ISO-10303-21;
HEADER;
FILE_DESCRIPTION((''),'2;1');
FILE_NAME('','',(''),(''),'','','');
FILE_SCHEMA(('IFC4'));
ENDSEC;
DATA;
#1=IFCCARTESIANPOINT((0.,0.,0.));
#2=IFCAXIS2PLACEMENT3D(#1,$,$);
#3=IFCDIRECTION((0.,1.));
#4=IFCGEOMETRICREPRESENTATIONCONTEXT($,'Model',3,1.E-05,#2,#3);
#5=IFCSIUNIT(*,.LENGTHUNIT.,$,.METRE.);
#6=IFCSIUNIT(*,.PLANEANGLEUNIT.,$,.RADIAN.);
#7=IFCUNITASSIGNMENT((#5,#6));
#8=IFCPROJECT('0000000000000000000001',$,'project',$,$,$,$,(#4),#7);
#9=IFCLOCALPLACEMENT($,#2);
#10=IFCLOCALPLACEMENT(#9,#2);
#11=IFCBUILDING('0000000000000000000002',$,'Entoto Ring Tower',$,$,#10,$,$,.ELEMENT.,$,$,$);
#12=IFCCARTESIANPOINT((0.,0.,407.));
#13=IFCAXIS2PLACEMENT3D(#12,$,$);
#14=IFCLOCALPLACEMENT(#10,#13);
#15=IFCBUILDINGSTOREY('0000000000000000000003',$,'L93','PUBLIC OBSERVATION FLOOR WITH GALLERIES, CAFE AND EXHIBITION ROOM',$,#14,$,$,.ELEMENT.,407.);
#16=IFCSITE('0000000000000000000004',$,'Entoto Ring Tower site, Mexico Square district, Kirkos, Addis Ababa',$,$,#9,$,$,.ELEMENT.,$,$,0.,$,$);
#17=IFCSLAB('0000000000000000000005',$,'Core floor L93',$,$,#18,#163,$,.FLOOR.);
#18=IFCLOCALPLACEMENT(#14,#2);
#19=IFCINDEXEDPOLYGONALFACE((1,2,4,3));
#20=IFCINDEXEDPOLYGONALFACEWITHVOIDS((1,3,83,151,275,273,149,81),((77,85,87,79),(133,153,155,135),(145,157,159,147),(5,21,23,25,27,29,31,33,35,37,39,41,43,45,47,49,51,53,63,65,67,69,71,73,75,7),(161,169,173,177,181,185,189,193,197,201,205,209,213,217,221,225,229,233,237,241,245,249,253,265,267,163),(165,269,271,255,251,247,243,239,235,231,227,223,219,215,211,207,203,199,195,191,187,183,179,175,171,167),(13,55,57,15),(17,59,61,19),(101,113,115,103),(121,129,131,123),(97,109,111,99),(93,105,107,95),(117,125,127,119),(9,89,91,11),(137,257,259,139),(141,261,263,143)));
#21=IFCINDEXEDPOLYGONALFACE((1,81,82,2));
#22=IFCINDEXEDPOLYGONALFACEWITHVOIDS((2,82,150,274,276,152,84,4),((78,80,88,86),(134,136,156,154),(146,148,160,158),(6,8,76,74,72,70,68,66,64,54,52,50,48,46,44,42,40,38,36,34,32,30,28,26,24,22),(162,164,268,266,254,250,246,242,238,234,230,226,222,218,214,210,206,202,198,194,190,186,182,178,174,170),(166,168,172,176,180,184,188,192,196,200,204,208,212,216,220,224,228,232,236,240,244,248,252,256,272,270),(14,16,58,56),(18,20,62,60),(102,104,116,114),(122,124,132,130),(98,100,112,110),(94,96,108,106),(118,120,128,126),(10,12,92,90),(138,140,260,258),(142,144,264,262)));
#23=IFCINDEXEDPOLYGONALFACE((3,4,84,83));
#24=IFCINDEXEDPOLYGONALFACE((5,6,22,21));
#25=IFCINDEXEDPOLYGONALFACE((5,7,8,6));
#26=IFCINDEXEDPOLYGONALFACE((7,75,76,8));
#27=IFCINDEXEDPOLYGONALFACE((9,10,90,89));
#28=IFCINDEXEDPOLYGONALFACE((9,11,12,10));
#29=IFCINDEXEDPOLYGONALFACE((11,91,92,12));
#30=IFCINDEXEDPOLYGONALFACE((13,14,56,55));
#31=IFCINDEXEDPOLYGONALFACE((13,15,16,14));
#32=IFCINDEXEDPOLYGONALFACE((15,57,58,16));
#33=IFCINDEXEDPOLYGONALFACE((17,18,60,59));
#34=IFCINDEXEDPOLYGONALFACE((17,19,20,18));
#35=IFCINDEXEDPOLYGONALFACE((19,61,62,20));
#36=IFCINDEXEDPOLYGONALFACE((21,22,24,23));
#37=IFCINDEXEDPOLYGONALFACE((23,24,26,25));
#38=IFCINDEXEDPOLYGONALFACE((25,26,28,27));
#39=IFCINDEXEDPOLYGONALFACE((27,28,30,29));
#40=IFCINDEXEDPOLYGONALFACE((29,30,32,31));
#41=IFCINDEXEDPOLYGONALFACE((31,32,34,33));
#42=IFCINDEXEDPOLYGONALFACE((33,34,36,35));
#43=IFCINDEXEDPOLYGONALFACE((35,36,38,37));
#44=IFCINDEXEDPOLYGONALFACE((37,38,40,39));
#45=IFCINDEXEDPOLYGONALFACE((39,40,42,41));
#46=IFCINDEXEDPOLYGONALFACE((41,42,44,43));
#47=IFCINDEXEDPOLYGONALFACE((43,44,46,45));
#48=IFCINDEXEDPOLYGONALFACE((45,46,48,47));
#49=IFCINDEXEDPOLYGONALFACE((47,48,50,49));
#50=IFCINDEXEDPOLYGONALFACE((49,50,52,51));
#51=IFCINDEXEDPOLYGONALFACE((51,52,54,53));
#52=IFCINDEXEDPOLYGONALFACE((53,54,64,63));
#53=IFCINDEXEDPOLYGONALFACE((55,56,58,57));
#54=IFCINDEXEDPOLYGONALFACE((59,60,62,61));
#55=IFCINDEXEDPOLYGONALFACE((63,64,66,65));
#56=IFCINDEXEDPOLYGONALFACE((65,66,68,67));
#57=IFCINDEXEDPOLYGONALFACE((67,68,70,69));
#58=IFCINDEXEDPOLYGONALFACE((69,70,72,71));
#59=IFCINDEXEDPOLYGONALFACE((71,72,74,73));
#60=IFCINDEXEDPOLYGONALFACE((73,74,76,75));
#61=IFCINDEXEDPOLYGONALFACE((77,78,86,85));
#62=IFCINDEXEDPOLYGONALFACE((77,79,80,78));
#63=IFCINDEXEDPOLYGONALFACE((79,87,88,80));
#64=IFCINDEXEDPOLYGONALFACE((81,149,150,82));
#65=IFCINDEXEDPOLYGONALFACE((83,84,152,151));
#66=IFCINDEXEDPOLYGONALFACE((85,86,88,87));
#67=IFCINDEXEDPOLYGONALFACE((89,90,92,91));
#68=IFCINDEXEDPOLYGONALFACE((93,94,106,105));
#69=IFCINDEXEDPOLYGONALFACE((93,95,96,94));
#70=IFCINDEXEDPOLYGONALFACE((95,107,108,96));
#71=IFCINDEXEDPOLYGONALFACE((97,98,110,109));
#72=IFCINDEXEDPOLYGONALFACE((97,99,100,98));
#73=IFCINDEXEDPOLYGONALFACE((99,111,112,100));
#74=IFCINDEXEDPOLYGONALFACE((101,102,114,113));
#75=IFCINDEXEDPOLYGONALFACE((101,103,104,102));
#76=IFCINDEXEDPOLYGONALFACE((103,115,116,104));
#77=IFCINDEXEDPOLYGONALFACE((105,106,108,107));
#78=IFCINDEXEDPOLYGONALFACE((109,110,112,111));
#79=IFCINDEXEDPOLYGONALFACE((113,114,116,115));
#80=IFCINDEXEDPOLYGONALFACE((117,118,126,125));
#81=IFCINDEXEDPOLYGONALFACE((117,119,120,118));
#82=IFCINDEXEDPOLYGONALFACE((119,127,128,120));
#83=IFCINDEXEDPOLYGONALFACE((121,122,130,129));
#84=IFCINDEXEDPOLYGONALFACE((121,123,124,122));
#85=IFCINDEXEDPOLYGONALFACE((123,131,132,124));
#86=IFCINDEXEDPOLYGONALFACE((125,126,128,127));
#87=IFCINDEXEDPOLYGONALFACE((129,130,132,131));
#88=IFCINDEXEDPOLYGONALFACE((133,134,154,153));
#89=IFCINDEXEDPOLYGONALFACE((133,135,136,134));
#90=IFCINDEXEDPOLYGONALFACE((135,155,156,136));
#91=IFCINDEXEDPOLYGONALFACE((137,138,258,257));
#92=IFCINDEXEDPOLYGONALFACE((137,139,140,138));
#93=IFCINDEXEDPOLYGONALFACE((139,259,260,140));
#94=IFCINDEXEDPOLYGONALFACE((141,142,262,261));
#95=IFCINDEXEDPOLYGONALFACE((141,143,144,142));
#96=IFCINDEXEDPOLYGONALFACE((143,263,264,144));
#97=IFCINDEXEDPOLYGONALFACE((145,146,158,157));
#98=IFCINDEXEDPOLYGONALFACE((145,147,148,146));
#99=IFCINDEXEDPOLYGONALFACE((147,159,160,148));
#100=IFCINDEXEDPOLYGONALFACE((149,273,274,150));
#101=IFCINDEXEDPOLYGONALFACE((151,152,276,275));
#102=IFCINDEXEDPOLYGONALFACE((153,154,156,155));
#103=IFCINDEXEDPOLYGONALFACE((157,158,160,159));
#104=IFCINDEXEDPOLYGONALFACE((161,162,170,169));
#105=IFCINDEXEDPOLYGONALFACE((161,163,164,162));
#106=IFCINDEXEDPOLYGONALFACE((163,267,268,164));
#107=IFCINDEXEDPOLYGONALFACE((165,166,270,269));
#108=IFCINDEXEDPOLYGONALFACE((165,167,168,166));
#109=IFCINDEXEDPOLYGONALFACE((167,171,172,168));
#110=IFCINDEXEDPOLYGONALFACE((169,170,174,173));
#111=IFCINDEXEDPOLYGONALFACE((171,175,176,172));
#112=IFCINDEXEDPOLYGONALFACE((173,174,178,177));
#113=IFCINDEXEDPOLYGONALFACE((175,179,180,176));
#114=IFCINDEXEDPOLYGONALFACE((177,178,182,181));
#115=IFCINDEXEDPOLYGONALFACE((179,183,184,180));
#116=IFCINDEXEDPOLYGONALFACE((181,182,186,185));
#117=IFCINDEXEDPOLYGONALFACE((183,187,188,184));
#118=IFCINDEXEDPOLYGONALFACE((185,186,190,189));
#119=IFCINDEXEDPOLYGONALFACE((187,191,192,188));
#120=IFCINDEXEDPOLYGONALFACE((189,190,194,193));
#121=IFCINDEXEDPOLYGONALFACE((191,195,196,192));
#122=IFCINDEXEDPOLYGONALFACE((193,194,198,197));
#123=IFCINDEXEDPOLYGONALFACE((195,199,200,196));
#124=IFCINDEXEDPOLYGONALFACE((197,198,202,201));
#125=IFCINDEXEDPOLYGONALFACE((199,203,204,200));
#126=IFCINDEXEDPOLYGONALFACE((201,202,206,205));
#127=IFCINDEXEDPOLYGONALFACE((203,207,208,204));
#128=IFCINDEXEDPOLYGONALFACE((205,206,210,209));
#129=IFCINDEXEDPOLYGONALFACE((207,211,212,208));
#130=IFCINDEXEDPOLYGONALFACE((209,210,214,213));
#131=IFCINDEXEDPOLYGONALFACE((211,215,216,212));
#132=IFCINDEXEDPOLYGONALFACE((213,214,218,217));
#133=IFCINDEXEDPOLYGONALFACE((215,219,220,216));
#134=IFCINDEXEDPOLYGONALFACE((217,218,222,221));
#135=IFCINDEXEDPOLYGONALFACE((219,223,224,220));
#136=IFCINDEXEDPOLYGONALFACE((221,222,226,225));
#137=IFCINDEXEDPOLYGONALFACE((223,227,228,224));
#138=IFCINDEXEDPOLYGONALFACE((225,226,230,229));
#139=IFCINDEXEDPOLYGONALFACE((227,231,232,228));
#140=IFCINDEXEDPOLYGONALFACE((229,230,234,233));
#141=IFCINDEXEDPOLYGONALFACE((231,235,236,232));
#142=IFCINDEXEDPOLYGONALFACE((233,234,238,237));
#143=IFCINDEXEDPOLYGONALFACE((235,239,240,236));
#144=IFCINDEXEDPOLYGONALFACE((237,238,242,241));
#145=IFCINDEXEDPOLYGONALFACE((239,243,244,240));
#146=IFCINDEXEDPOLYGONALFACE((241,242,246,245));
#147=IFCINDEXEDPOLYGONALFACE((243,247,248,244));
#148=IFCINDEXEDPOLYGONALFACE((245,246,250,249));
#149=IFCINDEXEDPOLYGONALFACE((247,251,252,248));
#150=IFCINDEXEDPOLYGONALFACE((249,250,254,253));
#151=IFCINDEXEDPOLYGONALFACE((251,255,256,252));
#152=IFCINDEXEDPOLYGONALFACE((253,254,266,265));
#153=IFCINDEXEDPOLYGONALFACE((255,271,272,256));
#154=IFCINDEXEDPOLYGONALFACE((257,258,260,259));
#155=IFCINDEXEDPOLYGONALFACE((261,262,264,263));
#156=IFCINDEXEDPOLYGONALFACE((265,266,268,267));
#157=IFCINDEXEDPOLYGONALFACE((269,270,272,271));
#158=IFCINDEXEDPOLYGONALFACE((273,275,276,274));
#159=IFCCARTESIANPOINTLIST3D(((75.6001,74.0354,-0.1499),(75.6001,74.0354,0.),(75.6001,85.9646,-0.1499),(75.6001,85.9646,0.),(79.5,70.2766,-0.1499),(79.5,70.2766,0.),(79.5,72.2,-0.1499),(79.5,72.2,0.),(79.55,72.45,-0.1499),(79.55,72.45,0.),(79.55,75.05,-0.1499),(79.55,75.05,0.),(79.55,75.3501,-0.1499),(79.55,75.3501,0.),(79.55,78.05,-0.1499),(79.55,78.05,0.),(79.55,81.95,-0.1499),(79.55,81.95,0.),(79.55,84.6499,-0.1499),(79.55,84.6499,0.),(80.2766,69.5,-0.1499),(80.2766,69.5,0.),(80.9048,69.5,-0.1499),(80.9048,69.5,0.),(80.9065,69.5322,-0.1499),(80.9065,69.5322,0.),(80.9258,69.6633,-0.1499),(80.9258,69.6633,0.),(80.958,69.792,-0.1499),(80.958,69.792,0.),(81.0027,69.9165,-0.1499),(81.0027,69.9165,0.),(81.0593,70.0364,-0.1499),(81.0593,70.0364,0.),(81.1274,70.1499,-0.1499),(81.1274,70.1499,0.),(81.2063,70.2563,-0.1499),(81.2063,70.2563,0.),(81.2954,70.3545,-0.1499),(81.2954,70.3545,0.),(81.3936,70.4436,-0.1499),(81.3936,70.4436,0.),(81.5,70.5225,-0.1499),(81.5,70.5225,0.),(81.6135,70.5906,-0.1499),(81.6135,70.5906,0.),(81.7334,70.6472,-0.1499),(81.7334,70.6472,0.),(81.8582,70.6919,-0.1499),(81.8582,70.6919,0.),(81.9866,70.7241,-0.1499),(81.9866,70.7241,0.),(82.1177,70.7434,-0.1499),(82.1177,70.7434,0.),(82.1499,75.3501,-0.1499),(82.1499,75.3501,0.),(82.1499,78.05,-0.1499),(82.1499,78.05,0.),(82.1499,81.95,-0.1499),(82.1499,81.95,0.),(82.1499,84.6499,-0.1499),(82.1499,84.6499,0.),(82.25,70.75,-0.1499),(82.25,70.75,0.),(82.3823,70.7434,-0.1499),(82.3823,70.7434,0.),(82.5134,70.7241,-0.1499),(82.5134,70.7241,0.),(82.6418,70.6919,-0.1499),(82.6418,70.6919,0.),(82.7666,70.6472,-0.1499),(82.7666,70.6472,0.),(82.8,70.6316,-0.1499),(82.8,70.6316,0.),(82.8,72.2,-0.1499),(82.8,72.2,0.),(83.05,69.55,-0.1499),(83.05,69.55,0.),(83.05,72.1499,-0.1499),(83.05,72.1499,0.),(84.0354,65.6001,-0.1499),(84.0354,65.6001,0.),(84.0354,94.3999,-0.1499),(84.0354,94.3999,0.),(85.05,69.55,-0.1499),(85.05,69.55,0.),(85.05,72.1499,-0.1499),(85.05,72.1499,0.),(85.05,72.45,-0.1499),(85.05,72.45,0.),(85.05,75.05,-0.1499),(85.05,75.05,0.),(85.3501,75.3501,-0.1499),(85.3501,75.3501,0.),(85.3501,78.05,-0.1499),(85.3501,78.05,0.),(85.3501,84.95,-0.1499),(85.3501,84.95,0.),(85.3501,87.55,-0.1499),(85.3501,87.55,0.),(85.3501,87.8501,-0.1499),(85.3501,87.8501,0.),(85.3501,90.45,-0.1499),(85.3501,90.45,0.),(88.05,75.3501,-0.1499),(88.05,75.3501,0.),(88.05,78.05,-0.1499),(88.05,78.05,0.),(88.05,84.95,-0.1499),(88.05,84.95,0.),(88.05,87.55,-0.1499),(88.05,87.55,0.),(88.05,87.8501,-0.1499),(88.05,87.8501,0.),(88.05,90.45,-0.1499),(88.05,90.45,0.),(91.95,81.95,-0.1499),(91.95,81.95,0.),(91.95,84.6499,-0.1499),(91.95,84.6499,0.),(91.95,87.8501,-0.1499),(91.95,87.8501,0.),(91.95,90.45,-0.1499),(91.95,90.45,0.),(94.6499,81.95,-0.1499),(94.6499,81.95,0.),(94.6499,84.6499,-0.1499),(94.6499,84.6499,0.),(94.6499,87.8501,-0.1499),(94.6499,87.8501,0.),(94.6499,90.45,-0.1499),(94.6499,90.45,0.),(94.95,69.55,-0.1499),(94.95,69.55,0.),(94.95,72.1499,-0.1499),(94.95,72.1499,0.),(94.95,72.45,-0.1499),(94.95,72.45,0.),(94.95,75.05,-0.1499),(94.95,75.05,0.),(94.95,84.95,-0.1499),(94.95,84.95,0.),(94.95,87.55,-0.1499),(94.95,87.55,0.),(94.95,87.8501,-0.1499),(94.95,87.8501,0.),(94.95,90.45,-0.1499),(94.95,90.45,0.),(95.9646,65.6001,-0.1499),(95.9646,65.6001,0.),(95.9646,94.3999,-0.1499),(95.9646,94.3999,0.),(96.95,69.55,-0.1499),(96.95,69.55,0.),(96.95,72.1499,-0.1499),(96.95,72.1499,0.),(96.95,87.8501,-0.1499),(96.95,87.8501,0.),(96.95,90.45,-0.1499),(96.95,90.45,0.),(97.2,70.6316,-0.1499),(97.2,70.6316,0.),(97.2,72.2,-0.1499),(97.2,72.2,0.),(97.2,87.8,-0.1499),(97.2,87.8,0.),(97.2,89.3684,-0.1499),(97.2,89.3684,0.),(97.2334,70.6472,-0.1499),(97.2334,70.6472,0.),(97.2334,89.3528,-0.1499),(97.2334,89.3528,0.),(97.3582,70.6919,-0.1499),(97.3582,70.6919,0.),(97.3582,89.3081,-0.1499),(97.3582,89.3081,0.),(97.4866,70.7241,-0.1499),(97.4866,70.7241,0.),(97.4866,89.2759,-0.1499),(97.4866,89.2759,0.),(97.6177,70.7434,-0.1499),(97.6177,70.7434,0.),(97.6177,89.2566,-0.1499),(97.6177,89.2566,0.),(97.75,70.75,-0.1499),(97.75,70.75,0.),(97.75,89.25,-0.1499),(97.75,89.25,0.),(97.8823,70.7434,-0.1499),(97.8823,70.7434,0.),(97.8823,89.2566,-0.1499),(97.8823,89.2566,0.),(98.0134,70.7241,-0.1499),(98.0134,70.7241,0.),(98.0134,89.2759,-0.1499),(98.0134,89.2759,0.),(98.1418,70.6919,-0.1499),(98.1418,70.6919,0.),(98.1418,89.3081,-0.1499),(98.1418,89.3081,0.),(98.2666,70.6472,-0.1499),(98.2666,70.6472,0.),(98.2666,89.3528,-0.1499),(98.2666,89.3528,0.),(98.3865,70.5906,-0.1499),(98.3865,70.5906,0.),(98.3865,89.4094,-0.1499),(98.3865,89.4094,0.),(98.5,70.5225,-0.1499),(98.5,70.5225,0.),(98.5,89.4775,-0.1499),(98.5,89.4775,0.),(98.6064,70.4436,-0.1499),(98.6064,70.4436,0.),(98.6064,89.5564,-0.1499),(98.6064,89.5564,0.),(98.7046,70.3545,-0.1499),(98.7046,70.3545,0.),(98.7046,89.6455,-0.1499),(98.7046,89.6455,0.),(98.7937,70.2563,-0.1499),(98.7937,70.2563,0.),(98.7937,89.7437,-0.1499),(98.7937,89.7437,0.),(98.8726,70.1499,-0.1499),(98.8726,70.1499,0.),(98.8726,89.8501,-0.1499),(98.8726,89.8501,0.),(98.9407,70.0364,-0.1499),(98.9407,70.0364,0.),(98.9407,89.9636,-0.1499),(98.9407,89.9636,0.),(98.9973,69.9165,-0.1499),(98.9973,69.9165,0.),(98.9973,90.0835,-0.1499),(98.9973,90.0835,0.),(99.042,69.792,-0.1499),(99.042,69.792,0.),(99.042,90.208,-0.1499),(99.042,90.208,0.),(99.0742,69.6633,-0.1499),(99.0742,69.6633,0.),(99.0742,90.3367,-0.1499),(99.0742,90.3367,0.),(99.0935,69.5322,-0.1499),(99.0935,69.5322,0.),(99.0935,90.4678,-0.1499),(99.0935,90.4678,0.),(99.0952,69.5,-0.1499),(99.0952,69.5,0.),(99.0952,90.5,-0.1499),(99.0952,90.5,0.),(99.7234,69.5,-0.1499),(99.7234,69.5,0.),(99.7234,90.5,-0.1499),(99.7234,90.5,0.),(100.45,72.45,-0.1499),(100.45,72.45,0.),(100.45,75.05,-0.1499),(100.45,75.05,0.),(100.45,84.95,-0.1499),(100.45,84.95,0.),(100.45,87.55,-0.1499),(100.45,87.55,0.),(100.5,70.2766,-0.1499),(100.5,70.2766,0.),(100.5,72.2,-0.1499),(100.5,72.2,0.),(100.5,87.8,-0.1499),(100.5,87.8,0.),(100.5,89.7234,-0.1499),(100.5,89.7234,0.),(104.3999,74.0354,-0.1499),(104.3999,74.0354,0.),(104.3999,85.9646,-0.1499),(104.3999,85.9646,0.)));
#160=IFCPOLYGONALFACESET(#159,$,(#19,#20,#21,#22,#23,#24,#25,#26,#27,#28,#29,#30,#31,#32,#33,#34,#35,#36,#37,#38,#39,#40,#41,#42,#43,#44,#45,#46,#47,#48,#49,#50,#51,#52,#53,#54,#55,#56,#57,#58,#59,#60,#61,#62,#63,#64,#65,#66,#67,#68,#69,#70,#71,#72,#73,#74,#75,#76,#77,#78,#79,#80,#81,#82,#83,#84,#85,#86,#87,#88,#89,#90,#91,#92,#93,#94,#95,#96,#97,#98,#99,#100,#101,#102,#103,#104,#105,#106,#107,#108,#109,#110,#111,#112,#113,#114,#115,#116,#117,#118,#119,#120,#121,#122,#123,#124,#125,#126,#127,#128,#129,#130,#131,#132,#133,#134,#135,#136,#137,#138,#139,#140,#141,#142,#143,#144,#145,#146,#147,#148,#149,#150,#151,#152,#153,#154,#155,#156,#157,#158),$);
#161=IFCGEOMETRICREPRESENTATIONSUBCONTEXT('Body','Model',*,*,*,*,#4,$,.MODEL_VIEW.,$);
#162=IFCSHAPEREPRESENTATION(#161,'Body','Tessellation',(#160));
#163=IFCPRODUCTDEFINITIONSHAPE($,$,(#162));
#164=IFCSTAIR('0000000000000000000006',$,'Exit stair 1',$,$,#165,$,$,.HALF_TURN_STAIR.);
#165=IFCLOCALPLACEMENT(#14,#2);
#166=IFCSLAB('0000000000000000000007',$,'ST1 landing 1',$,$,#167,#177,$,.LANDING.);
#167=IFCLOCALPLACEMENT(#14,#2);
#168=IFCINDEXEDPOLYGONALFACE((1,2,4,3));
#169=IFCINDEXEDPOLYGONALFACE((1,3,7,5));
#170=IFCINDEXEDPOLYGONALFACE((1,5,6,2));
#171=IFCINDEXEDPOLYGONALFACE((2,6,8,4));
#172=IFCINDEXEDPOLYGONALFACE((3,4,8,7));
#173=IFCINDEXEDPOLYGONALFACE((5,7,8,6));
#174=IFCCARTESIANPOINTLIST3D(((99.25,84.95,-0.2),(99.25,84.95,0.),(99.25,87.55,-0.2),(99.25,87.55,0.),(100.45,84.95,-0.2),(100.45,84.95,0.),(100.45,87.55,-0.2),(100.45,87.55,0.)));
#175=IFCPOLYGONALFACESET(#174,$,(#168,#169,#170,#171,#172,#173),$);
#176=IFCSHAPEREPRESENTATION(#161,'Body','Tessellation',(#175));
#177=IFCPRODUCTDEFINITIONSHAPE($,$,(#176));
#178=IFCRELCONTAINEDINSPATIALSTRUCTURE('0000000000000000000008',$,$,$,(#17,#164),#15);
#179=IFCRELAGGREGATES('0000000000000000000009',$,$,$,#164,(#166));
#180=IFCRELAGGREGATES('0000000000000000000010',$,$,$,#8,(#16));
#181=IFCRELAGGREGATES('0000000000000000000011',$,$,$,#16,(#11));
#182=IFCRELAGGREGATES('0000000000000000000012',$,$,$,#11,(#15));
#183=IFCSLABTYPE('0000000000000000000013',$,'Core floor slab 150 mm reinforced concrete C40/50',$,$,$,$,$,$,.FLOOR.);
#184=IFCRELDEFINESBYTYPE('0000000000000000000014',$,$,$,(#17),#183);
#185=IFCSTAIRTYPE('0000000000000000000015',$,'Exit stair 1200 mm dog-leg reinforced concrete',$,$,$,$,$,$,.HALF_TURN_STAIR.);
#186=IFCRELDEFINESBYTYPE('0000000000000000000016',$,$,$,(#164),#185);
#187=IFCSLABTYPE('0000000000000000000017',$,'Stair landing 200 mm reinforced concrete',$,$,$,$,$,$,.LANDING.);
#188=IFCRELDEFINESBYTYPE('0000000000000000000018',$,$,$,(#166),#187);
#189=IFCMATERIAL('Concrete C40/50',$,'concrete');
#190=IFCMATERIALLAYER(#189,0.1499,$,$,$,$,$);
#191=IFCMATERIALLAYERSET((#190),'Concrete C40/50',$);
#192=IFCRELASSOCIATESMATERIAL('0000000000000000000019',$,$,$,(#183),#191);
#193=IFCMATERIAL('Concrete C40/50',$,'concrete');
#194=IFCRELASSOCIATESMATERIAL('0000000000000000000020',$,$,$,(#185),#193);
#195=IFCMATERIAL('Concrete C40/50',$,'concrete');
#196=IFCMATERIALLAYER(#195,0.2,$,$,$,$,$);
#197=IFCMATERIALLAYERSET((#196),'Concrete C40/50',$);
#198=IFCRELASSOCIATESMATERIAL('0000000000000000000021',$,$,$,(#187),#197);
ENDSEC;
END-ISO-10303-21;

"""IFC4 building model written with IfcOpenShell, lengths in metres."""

from ifc_helpers import new_model, si_unit, direction, frame, origin, place, context, subcontext, project, spatial, polyline, outline, extrude, material, layer, layer_set, type_object, element, aggregate, save


model = new_model("IFC4")

# Units and contexts
model_context = context("Model", 3, precision=1e-05, world=origin(), true_north=direction((0.0, 1.0)))
body_context = subcontext(model_context, "Body", "Model", "MODEL_VIEW")
ifc_project = project(units=[si_unit("LENGTHUNIT", "METRE"), si_unit("PLANEANGLEUNIT", "RADIAN")], contexts=[model_context])

# Site, building, storey
site_placement = place(None, origin())
site = spatial("IfcSite", under=ifc_project, at=site_placement, Name="Entoto Ring Tower site, Mexico Square district, Kirkos, Addis Ababa", CompositionType="ELEMENT", RefElevation=0.0)
building_placement = place(site_placement, origin())
building = spatial("IfcBuilding", under=site, at=building_placement, Name="Entoto Ring Tower", CompositionType="ELEMENT")
storey_placement = place(building_placement, frame((0.0, 0.0, 407.0)))
storey = spatial("IfcBuildingStorey", under=building, at=storey_placement, Name="L93", Description="PUBLIC OBSERVATION FLOOR WITH GALLERIES, CAFE AND EXHIBITION ROOM", CompositionType="ELEMENT", Elevation=407.0)

# Slab
ifc_material_1 = material(Name="Concrete C40/50", Category="concrete")
ifc_layer_1 = layer(ifc_material_1, 0.1499)
ifc_layer_set_1 = layer_set([ifc_layer_1], Name="Concrete C40/50")
slab_type_1 = type_object("IfcSlabType", Name="Core floor slab 150 mm reinforced concrete C40/50", PredefinedType="FLOOR", material=ifc_layer_set_1)
slab_1_placement = place(storey_placement, frame((0.0, 0.0, -0.1499)))
element("IfcSlab", 1, at=slab_1_placement, inside=storey, type_object=slab_type_1, Name="Core floor L93", PredefinedType="FLOOR", context=body_context, shape_type="SweptSolid", body=[
    extrude(outline(polyline([(104.3999, 74.0354), (104.3999, 85.9646), (95.9646, 94.3999), (84.0354, 94.3999), (75.6001, 85.9646), (75.6001, 74.0354), (84.0354, 65.6001), (95.9646, 65.6001), (104.3999, 74.0354)]), holes=[polyline([(100.45, 84.95), (100.45, 87.55), (94.95, 87.55), (94.95, 84.95), (100.45, 84.95)]), polyline([(85.05, 72.45), (85.05, 75.05), (79.55, 75.05), (79.55, 72.45), (85.05, 72.45)]), polyline([(100.45, 72.45), (100.45, 75.05), (94.95, 75.05), (94.95, 72.45), (100.45, 72.45)]), polyline([(94.95, 90.45), (94.95, 87.8501), (96.95, 87.8501), (96.95, 90.45), (94.95, 90.45)]), polyline([(94.95, 72.1499), (94.95, 69.55), (96.95, 69.55), (96.95, 72.1499), (94.95, 72.1499)]), polyline([(83.05, 72.1499), (83.05, 69.55), (85.05, 69.55), (85.05, 72.1499), (83.05, 72.1499)]), polyline([(79.55, 81.95), (82.1499, 81.95), (82.1499, 84.6499), (79.55, 84.6499), (79.55, 81.95)]), polyline([(79.55, 75.3501), (82.1499, 75.3501), (82.1499, 78.05), (79.55, 78.05), (79.55, 75.3501)]), polyline([(91.95, 87.8501), (94.6499, 87.8501), (94.6499, 90.45), (91.95, 90.45), (91.95, 87.8501)]), polyline([(91.95, 81.95), (94.6499, 81.95), (94.6499, 84.6499), (91.95, 84.6499), (91.95, 81.95)]), polyline([(85.3501, 75.3501), (88.05, 75.3501), (88.05, 78.05), (85.3501, 78.05), (85.3501, 75.3501)]), polyline([(85.3501, 84.95), (88.05, 84.95), (88.05, 87.55), (85.3501, 87.55), (85.3501, 84.95)]), polyline([(85.3501, 87.8501), (88.05, 87.8501), (88.05, 90.45), (85.3501, 90.45), (85.3501, 87.8501)]), polyline([(97.2, 89.3684), (97.2, 87.8), (100.5, 87.8), (100.5, 89.7234), (99.7234, 90.5), (99.0952, 90.5), (99.0935, 90.4678), (99.0742, 90.3367), (99.042, 90.208), (98.9973, 90.0835), (98.9407, 89.9636), (98.8726, 89.8501), (98.7937, 89.7437), (98.7046, 89.6455), (98.6064, 89.5564), (98.5, 89.4775), (98.3865, 89.4094), (98.2666, 89.3528), (98.1418, 89.3081), (98.0134, 89.2759), (97.8823, 89.2566), (97.75, 89.25), (97.6177, 89.2566), (97.4866, 89.2759), (97.3582, 89.3081), (97.2334, 89.3528), (97.2, 89.3684)]), polyline([(80.2766, 69.5), (80.9048, 69.5), (80.9065, 69.5322), (80.9258, 69.6633), (80.958, 69.792), (81.0027, 69.9165), (81.0593, 70.0364), (81.1274, 70.1499), (81.2063, 70.2563), (81.2954, 70.3545), (81.3936, 70.4436), (81.5, 70.5225), (81.6135, 70.5906), (81.7334, 70.6472), (81.8582, 70.6919), (81.9866, 70.7241), (82.1177, 70.7434), (82.25, 70.75), (82.3823, 70.7434), (82.5134, 70.7241), (82.6418, 70.6919), (82.7666, 70.6472), (82.8, 70.6316), (82.8, 72.2), (79.5, 72.2), (79.5, 70.2766), (80.2766, 69.5)]), polyline([(99.0952, 69.5), (99.7234, 69.5), (100.5, 70.2766), (100.5, 72.2), (97.2, 72.2), (97.2, 70.6316), (97.2334, 70.6472), (97.3582, 70.6919), (97.4866, 70.7241), (97.6177, 70.7434), (97.75, 70.75), (97.8823, 70.7434), (98.0134, 70.7241), (98.1418, 70.6919), (98.2666, 70.6472), (98.3865, 70.5906), (98.5, 70.5225), (98.6064, 70.4436), (98.7046, 70.3545), (98.7937, 70.2563), (98.8726, 70.1499), (98.9407, 70.0364), (98.9973, 69.9165), (99.042, 69.792), (99.0742, 69.6633), (99.0935, 69.5322), (99.0952, 69.5)])]), origin(), (0.0, 0.0, 1.0), 0.1499),
])

# Stair, slab
ifc_material_2 = material(Name="Concrete C40/50", Category="concrete")
stair_type = type_object("IfcStairType", Name="Exit stair 1200 mm dog-leg reinforced concrete", PredefinedType="HALF_TURN_STAIR", material=ifc_material_2)
stair_1_placement = place(storey_placement, origin())
stair_1 = element("IfcStair", 2, at=stair_1_placement, inside=storey, type_object=stair_type, Name="Exit stair 1", PredefinedType="HALF_TURN_STAIR")
ifc_material_3 = material(Name="Concrete C40/50", Category="concrete")
ifc_layer_2 = layer(ifc_material_3, 0.2)
ifc_layer_set_2 = layer_set([ifc_layer_2], Name="Concrete C40/50")
slab_type_2 = type_object("IfcSlabType", Name="Stair landing 200 mm reinforced concrete", PredefinedType="LANDING", material=ifc_layer_set_2)
slab_2_placement = place(storey_placement, frame((0.0, 0.0, -0.2)))
slab_2 = element("IfcSlab", 3, at=slab_2_placement, type_object=slab_type_2, Name="ST1 landing 1", PredefinedType="LANDING", context=body_context, shape_type="SweptSolid", body=[
    extrude(outline(polyline([(100.45, 84.95), (100.45, 87.55), (99.25, 87.55), (99.25, 84.95), (100.45, 84.95)])), origin(), (0.0, 0.0, 1.0), 0.2),
])
aggregate(stair_1, [slab_2])

save(model, "model.ifc")
